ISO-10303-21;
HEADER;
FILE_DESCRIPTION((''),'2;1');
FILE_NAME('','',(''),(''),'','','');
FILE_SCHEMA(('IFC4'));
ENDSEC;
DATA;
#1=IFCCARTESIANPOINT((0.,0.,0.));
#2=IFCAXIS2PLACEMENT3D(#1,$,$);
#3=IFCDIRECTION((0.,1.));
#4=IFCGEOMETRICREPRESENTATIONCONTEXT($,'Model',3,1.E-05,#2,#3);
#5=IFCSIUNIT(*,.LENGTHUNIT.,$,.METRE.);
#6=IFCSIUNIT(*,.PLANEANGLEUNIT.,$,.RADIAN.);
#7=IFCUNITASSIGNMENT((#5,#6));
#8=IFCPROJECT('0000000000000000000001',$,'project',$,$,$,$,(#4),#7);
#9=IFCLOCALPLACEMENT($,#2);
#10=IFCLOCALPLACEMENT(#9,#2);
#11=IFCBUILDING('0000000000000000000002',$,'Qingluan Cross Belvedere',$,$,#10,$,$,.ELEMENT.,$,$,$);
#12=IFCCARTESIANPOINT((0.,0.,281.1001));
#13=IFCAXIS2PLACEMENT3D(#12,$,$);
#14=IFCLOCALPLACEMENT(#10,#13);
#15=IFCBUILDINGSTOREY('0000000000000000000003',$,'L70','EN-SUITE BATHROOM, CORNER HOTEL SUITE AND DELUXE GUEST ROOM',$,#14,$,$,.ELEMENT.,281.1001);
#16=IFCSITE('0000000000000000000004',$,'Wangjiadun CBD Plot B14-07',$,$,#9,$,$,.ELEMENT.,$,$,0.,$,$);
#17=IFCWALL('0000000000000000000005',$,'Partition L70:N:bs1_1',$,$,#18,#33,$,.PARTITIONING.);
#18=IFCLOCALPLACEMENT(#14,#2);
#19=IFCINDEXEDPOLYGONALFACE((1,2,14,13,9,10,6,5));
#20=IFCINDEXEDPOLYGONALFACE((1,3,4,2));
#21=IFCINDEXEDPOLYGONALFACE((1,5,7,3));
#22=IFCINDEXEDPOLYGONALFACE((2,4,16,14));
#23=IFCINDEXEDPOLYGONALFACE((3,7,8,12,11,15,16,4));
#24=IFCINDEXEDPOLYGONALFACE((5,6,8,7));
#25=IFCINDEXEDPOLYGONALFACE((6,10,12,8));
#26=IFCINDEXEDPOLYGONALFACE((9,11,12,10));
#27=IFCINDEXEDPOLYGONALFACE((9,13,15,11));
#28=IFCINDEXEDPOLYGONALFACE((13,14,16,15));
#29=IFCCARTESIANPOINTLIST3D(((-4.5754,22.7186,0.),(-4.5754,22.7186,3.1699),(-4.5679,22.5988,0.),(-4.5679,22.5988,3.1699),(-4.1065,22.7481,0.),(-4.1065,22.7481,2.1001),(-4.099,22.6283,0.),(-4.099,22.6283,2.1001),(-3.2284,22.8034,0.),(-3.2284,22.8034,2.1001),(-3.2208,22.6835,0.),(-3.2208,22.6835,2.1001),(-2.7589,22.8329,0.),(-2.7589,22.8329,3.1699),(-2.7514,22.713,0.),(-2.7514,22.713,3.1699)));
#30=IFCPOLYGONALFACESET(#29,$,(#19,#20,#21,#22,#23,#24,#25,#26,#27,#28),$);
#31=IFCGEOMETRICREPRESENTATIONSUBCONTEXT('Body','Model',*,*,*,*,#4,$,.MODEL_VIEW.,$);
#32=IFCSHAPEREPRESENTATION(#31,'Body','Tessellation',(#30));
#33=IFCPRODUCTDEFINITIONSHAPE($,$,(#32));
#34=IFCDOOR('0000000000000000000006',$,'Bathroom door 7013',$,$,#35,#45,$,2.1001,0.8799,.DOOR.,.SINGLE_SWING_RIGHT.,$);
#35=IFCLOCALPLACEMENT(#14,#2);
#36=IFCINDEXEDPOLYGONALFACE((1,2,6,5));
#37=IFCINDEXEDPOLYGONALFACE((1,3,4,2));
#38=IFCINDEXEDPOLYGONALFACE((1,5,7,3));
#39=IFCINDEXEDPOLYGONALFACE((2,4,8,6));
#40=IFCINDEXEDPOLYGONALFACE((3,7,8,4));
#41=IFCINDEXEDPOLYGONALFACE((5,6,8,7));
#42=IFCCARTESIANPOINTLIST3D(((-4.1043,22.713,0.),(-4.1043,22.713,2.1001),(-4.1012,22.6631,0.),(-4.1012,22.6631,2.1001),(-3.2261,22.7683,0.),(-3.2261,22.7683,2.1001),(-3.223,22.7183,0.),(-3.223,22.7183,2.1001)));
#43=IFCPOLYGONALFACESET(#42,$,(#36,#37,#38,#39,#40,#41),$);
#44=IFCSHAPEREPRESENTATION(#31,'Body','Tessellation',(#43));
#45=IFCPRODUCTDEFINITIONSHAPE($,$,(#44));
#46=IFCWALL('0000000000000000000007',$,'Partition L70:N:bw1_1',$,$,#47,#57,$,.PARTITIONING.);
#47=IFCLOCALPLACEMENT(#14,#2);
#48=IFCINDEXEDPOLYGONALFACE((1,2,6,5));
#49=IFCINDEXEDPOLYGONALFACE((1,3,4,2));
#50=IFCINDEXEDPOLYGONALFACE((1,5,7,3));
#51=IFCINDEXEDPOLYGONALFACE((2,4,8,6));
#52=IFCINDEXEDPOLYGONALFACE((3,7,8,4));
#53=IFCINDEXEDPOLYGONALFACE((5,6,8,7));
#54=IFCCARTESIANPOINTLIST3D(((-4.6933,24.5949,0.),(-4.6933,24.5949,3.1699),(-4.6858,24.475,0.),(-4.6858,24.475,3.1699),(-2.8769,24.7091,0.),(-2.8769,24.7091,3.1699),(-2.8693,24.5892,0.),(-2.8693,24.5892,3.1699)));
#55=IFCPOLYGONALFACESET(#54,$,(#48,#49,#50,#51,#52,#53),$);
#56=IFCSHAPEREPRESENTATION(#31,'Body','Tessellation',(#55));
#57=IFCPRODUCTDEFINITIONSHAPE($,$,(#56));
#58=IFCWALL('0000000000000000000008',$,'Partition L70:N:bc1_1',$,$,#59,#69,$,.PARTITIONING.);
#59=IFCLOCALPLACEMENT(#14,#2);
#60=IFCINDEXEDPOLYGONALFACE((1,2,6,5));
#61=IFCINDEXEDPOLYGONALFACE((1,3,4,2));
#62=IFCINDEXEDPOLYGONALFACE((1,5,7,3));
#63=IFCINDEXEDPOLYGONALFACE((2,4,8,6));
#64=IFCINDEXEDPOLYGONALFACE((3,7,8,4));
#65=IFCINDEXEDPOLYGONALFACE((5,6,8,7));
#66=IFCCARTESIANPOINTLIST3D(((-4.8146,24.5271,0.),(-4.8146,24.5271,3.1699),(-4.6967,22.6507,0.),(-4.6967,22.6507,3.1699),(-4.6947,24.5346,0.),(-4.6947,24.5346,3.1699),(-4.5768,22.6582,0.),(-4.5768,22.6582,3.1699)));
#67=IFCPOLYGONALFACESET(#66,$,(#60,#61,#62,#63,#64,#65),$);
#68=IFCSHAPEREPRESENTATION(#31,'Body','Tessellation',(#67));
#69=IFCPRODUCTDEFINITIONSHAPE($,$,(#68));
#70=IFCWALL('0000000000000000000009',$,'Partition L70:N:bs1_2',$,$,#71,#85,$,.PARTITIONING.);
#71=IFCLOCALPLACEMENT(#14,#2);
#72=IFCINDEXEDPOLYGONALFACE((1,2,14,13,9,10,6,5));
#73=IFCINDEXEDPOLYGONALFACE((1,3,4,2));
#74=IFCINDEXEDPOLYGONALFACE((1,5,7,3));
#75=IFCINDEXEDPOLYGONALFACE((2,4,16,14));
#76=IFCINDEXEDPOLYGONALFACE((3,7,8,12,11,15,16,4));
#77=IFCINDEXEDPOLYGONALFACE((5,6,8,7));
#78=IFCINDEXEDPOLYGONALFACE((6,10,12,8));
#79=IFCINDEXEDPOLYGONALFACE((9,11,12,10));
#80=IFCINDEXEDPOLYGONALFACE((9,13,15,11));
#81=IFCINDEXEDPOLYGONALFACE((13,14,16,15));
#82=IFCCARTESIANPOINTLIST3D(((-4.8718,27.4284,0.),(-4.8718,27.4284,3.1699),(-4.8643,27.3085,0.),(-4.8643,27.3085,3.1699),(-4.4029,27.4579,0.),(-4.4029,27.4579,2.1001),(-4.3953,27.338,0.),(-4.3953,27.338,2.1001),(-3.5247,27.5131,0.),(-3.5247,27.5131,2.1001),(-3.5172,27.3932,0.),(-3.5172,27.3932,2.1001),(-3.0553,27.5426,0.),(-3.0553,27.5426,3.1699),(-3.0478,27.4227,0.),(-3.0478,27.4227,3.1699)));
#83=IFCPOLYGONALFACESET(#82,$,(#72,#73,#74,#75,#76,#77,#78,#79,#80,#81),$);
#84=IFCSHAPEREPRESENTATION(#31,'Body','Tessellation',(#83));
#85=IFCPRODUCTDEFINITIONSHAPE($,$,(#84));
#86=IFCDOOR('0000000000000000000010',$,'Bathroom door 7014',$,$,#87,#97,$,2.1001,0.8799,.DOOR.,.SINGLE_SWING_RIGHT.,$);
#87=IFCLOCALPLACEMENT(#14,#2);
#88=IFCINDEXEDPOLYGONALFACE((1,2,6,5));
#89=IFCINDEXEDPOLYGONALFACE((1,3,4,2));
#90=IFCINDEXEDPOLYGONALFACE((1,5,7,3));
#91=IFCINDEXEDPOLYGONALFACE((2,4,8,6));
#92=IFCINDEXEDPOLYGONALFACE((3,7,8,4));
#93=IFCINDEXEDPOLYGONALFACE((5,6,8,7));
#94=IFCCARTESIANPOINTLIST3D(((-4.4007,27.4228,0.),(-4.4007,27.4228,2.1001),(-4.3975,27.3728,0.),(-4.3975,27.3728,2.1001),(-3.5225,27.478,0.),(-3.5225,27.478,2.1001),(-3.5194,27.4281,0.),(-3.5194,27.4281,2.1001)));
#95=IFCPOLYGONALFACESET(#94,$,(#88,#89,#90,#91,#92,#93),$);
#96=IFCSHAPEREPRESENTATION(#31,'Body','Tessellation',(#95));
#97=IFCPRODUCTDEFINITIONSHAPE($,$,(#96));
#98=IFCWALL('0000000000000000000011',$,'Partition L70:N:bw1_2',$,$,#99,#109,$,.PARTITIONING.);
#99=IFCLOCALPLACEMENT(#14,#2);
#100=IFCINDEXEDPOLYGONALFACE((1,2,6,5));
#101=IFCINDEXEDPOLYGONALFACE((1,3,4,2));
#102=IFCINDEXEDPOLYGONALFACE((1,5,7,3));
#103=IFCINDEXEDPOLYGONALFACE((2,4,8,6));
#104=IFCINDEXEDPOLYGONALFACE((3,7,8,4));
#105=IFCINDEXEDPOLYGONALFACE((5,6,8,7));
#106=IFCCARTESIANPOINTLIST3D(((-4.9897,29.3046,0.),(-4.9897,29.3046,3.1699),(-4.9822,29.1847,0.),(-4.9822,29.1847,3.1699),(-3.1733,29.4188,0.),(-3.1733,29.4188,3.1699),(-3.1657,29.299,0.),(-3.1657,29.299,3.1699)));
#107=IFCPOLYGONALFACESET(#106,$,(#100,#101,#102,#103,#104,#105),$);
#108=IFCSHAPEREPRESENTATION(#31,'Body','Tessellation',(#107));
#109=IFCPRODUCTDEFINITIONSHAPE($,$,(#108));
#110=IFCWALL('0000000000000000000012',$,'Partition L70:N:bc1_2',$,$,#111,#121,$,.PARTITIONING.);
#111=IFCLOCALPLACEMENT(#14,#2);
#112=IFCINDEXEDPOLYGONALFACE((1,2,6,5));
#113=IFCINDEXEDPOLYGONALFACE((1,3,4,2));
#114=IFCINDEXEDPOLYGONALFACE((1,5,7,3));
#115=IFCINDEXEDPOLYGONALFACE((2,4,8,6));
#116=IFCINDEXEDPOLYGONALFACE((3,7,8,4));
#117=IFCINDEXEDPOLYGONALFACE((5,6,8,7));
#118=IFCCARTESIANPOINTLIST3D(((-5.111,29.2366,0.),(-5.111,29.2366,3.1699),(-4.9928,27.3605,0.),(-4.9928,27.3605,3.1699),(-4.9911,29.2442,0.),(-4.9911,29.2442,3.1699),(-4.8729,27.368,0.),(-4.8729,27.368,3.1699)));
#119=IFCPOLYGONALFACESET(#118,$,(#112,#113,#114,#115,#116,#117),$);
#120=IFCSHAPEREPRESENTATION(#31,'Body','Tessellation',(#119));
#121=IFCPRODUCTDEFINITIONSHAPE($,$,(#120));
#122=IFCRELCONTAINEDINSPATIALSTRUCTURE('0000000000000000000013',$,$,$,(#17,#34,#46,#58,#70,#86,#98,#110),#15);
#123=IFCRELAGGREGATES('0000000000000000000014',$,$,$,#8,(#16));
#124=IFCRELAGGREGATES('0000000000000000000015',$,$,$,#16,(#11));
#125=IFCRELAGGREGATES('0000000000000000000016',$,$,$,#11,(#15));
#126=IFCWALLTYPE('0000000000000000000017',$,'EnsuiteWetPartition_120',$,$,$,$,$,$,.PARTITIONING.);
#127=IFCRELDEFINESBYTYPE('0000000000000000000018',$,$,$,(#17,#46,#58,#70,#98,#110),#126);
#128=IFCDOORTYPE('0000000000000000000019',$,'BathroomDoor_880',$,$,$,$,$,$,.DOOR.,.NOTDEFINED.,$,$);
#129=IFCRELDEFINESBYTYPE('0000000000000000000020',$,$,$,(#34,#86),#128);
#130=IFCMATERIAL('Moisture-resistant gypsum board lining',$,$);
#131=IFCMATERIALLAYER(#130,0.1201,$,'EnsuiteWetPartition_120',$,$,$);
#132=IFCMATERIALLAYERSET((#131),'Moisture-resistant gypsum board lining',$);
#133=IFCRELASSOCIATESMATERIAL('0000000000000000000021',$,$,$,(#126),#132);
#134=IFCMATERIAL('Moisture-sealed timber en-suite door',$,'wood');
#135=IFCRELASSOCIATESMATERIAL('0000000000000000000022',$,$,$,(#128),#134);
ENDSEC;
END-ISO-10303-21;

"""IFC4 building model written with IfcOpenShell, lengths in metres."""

from ifc_helpers import new_model, si_unit, direction, frame, frame_2d, origin, place, context, subcontext, project, spatial, rectangle, extrude, material, layer, layer_set, type_object, element, fill, save


model = new_model("IFC4")

# Units and contexts
model_context = context("Model", 3, precision=1e-05, world=origin(), true_north=direction((0.0, 1.0)))
body_context = subcontext(model_context, "Body", "Model", "MODEL_VIEW")
ifc_project = project(units=[si_unit("LENGTHUNIT", "METRE"), si_unit("PLANEANGLEUNIT", "RADIAN")], contexts=[model_context])

# Site, building, storey
site_placement = place(None, origin())
site = spatial("IfcSite", under=ifc_project, at=site_placement, Name="Wangjiadun CBD Plot B14-07", CompositionType="ELEMENT", RefElevation=0.0)
building_placement = place(site_placement, origin())
building = spatial("IfcBuilding", under=site, at=building_placement, Name="Qingluan Cross Belvedere", CompositionType="ELEMENT")
storey_placement = place(building_placement, frame((0.0, 0.0, 281.1001)))
storey = spatial("IfcBuildingStorey", under=building, at=storey_placement, Name="L70", Description="EN-SUITE BATHROOM, CORNER HOTEL SUITE AND DELUXE GUEST ROOM", CompositionType="ELEMENT", Elevation=281.1001)

# Shared definitions
ifc_material_1 = material(Name="Moisture-resistant gypsum board lining")
ifc_layer_1 = layer(ifc_material_1, 0.1201, Name="EnsuiteWetPartition_120")
ifc_layer_set_1 = layer_set([ifc_layer_1], Name="Moisture-resistant gypsum board lining")
wall_type_1 = type_object("IfcWallType", Name="EnsuiteWetPartition_120", PredefinedType="PARTITIONING", material=ifc_layer_set_1)
ifc_material_2 = material(Name="Moisture-sealed timber en-suite door", Category="wood")
door_type = type_object("IfcDoorType", Name="BathroomDoor_880", OperationType="NOTDEFINED", PredefinedType="DOOR", material=ifc_material_2)

# Wall, opening, door
wall_1_placement = place(storey_placement, frame((-4.5718, 22.6587, 0.0), z_axis=(0.0, 0.0, 1.0), x_axis=(0.998027, 0.062779, 0.0)))
wall_1 = element("IfcWall", 1, at=wall_1_placement, inside=storey, type_object=wall_type_1, Name="Partition L70:N:bs1_1", PredefinedType="PARTITIONING", context=body_context, shape_type="SweptSolid", body=[
    extrude(rectangle(XDim=1.8201, YDim=0.1201, at=frame_2d((0.9102, 0.0))), origin(), (0.0, 0.0, 1.0), 3.1699),
])
opening_1_placement = place(wall_1_placement, frame((0.47, 0.0, 0.0)))
opening_1 = element("IfcOpeningElement", 2, at=opening_1_placement, cuts=wall_1, PredefinedType="OPENING", context=body_context, shape_type="SweptSolid", body=[
    extrude(rectangle(XDim=0.8799, YDim=2.1001, at=frame_2d((0.4399, 1.05))), frame((0.0, 0.0701, 0.0), z_axis=(0.0, -1.0, 0.0), x_axis=(1.0, 0.0, 0.0)), (0.0, 0.0, 1.0), 0.1401),
])
door_1_placement = place(opening_1_placement, origin())
door_1 = element("IfcDoor", 3, at=door_1_placement, inside=storey, type_object=door_type, Name="Bathroom door 7013", OperationType="SINGLE_SWING_RIGHT", OverallHeight=2.1001, OverallWidth=0.8799, PredefinedType="DOOR", context=body_context, shape_type="SweptSolid", body=[
    extrude(rectangle(XDim=0.8799, YDim=2.1001, at=frame_2d((0.4399, 1.05))), frame((0.0, 0.0249, 0.0), z_axis=(0.0, -1.0, 0.0), x_axis=(1.0, 0.0, 0.0)), (0.0, 0.0, 1.0), 0.05),
])
fill(opening_1, door_1)

# Walls
wall_2_placement = place(storey_placement, frame((-4.6897, 24.5349, 0.0), z_axis=(0.0, 0.0, 1.0), x_axis=(0.998027, 0.062779, 0.0)))
element("IfcWall", 4, at=wall_2_placement, inside=storey, type_object=wall_type_1, Name="Partition L70:N:bw1_1", PredefinedType="PARTITIONING", context=body_context, shape_type="SweptSolid", body=[
    extrude(rectangle(XDim=1.8201, YDim=0.1201, at=frame_2d((0.9102, 0.0))), origin(), (0.0, 0.0, 1.0), 3.1699),
])
wall_3_placement = place(storey_placement, frame((-4.6367, 22.6545, 0.0), z_axis=(0.0, 0.0, 1.0), x_axis=(-0.062718, 0.998031, 0.0)))
element("IfcWall", 5, at=wall_3_placement, inside=storey, type_object=wall_type_1, Name="Partition L70:N:bc1_1", PredefinedType="PARTITIONING", context=body_context, shape_type="SweptSolid", body=[
    extrude(rectangle(XDim=1.8801, YDim=0.1201, at=frame_2d((0.9399, 0.0))), origin(), (0.0, 0.0, 1.0), 3.1699),
])

# Wall, opening, door
wall_4_placement = place(storey_placement, frame((-4.8682, 27.3684, 0.0), z_axis=(0.0, 0.0, 1.0), x_axis=(0.998027, 0.062779, 0.0)))
wall_4 = element("IfcWall", 6, at=wall_4_placement, inside=storey, type_object=wall_type_1, Name="Partition L70:N:bs1_2", PredefinedType="PARTITIONING", context=body_context, shape_type="SweptSolid", body=[
    extrude(rectangle(XDim=1.8201, YDim=0.1201, at=frame_2d((0.9102, 0.0))), origin(), (0.0, 0.0, 1.0), 3.1699),
])
opening_2_placement = place(wall_4_placement, frame((0.47, 0.0, 0.0)))
opening_2 = element("IfcOpeningElement", 7, at=opening_2_placement, cuts=wall_4, PredefinedType="OPENING", context=body_context, shape_type="SweptSolid", body=[
    extrude(rectangle(XDim=0.8799, YDim=2.1001, at=frame_2d((0.4399, 1.05))), frame((0.0, 0.0701, 0.0), z_axis=(0.0, -1.0, 0.0), x_axis=(1.0, 0.0, 0.0)), (0.0, 0.0, 1.0), 0.1401),
])
door_2_placement = place(opening_2_placement, origin())
door_2 = element("IfcDoor", 8, at=door_2_placement, inside=storey, type_object=door_type, Name="Bathroom door 7014", OperationType="SINGLE_SWING_RIGHT", OverallHeight=2.1001, OverallWidth=0.8799, PredefinedType="DOOR", context=body_context, shape_type="SweptSolid", body=[
    extrude(rectangle(XDim=0.8799, YDim=2.1001, at=frame_2d((0.4399, 1.05))), frame((0.0, 0.0249, 0.0), z_axis=(0.0, -1.0, 0.0), x_axis=(1.0, 0.0, 0.0)), (0.0, 0.0, 1.0), 0.05),
])
fill(opening_2, door_2)

# Walls
wall_5_placement = place(storey_placement, frame((-4.9861, 29.2446, 0.0), z_axis=(0.0, 0.0, 1.0), x_axis=(0.998027, 0.062779, 0.0)))
element("IfcWall", 9, at=wall_5_placement, inside=storey, type_object=wall_type_1, Name="Partition L70:N:bw1_2", PredefinedType="PARTITIONING", context=body_context, shape_type="SweptSolid", body=[
    extrude(rectangle(XDim=1.8201, YDim=0.1201, at=frame_2d((0.9102, 0.0))), origin(), (0.0, 0.0, 1.0), 3.1699),
])
wall_6_placement = place(storey_placement, frame((-4.9329, 27.3643, 0.0), z_axis=(0.0, 0.0, 1.0), x_axis=(-0.062855, 0.998023, 0.0)))
element("IfcWall", 10, at=wall_6_placement, inside=storey, type_object=wall_type_1, Name="Partition L70:N:bc1_2", PredefinedType="PARTITIONING", context=body_context, shape_type="SweptSolid", body=[
    extrude(rectangle(XDim=1.8799, YDim=0.1201, at=frame_2d((0.9399, 0.0))), origin(), (0.0, 0.0, 1.0), 3.1699),
])

save(model, "model.ifc")
